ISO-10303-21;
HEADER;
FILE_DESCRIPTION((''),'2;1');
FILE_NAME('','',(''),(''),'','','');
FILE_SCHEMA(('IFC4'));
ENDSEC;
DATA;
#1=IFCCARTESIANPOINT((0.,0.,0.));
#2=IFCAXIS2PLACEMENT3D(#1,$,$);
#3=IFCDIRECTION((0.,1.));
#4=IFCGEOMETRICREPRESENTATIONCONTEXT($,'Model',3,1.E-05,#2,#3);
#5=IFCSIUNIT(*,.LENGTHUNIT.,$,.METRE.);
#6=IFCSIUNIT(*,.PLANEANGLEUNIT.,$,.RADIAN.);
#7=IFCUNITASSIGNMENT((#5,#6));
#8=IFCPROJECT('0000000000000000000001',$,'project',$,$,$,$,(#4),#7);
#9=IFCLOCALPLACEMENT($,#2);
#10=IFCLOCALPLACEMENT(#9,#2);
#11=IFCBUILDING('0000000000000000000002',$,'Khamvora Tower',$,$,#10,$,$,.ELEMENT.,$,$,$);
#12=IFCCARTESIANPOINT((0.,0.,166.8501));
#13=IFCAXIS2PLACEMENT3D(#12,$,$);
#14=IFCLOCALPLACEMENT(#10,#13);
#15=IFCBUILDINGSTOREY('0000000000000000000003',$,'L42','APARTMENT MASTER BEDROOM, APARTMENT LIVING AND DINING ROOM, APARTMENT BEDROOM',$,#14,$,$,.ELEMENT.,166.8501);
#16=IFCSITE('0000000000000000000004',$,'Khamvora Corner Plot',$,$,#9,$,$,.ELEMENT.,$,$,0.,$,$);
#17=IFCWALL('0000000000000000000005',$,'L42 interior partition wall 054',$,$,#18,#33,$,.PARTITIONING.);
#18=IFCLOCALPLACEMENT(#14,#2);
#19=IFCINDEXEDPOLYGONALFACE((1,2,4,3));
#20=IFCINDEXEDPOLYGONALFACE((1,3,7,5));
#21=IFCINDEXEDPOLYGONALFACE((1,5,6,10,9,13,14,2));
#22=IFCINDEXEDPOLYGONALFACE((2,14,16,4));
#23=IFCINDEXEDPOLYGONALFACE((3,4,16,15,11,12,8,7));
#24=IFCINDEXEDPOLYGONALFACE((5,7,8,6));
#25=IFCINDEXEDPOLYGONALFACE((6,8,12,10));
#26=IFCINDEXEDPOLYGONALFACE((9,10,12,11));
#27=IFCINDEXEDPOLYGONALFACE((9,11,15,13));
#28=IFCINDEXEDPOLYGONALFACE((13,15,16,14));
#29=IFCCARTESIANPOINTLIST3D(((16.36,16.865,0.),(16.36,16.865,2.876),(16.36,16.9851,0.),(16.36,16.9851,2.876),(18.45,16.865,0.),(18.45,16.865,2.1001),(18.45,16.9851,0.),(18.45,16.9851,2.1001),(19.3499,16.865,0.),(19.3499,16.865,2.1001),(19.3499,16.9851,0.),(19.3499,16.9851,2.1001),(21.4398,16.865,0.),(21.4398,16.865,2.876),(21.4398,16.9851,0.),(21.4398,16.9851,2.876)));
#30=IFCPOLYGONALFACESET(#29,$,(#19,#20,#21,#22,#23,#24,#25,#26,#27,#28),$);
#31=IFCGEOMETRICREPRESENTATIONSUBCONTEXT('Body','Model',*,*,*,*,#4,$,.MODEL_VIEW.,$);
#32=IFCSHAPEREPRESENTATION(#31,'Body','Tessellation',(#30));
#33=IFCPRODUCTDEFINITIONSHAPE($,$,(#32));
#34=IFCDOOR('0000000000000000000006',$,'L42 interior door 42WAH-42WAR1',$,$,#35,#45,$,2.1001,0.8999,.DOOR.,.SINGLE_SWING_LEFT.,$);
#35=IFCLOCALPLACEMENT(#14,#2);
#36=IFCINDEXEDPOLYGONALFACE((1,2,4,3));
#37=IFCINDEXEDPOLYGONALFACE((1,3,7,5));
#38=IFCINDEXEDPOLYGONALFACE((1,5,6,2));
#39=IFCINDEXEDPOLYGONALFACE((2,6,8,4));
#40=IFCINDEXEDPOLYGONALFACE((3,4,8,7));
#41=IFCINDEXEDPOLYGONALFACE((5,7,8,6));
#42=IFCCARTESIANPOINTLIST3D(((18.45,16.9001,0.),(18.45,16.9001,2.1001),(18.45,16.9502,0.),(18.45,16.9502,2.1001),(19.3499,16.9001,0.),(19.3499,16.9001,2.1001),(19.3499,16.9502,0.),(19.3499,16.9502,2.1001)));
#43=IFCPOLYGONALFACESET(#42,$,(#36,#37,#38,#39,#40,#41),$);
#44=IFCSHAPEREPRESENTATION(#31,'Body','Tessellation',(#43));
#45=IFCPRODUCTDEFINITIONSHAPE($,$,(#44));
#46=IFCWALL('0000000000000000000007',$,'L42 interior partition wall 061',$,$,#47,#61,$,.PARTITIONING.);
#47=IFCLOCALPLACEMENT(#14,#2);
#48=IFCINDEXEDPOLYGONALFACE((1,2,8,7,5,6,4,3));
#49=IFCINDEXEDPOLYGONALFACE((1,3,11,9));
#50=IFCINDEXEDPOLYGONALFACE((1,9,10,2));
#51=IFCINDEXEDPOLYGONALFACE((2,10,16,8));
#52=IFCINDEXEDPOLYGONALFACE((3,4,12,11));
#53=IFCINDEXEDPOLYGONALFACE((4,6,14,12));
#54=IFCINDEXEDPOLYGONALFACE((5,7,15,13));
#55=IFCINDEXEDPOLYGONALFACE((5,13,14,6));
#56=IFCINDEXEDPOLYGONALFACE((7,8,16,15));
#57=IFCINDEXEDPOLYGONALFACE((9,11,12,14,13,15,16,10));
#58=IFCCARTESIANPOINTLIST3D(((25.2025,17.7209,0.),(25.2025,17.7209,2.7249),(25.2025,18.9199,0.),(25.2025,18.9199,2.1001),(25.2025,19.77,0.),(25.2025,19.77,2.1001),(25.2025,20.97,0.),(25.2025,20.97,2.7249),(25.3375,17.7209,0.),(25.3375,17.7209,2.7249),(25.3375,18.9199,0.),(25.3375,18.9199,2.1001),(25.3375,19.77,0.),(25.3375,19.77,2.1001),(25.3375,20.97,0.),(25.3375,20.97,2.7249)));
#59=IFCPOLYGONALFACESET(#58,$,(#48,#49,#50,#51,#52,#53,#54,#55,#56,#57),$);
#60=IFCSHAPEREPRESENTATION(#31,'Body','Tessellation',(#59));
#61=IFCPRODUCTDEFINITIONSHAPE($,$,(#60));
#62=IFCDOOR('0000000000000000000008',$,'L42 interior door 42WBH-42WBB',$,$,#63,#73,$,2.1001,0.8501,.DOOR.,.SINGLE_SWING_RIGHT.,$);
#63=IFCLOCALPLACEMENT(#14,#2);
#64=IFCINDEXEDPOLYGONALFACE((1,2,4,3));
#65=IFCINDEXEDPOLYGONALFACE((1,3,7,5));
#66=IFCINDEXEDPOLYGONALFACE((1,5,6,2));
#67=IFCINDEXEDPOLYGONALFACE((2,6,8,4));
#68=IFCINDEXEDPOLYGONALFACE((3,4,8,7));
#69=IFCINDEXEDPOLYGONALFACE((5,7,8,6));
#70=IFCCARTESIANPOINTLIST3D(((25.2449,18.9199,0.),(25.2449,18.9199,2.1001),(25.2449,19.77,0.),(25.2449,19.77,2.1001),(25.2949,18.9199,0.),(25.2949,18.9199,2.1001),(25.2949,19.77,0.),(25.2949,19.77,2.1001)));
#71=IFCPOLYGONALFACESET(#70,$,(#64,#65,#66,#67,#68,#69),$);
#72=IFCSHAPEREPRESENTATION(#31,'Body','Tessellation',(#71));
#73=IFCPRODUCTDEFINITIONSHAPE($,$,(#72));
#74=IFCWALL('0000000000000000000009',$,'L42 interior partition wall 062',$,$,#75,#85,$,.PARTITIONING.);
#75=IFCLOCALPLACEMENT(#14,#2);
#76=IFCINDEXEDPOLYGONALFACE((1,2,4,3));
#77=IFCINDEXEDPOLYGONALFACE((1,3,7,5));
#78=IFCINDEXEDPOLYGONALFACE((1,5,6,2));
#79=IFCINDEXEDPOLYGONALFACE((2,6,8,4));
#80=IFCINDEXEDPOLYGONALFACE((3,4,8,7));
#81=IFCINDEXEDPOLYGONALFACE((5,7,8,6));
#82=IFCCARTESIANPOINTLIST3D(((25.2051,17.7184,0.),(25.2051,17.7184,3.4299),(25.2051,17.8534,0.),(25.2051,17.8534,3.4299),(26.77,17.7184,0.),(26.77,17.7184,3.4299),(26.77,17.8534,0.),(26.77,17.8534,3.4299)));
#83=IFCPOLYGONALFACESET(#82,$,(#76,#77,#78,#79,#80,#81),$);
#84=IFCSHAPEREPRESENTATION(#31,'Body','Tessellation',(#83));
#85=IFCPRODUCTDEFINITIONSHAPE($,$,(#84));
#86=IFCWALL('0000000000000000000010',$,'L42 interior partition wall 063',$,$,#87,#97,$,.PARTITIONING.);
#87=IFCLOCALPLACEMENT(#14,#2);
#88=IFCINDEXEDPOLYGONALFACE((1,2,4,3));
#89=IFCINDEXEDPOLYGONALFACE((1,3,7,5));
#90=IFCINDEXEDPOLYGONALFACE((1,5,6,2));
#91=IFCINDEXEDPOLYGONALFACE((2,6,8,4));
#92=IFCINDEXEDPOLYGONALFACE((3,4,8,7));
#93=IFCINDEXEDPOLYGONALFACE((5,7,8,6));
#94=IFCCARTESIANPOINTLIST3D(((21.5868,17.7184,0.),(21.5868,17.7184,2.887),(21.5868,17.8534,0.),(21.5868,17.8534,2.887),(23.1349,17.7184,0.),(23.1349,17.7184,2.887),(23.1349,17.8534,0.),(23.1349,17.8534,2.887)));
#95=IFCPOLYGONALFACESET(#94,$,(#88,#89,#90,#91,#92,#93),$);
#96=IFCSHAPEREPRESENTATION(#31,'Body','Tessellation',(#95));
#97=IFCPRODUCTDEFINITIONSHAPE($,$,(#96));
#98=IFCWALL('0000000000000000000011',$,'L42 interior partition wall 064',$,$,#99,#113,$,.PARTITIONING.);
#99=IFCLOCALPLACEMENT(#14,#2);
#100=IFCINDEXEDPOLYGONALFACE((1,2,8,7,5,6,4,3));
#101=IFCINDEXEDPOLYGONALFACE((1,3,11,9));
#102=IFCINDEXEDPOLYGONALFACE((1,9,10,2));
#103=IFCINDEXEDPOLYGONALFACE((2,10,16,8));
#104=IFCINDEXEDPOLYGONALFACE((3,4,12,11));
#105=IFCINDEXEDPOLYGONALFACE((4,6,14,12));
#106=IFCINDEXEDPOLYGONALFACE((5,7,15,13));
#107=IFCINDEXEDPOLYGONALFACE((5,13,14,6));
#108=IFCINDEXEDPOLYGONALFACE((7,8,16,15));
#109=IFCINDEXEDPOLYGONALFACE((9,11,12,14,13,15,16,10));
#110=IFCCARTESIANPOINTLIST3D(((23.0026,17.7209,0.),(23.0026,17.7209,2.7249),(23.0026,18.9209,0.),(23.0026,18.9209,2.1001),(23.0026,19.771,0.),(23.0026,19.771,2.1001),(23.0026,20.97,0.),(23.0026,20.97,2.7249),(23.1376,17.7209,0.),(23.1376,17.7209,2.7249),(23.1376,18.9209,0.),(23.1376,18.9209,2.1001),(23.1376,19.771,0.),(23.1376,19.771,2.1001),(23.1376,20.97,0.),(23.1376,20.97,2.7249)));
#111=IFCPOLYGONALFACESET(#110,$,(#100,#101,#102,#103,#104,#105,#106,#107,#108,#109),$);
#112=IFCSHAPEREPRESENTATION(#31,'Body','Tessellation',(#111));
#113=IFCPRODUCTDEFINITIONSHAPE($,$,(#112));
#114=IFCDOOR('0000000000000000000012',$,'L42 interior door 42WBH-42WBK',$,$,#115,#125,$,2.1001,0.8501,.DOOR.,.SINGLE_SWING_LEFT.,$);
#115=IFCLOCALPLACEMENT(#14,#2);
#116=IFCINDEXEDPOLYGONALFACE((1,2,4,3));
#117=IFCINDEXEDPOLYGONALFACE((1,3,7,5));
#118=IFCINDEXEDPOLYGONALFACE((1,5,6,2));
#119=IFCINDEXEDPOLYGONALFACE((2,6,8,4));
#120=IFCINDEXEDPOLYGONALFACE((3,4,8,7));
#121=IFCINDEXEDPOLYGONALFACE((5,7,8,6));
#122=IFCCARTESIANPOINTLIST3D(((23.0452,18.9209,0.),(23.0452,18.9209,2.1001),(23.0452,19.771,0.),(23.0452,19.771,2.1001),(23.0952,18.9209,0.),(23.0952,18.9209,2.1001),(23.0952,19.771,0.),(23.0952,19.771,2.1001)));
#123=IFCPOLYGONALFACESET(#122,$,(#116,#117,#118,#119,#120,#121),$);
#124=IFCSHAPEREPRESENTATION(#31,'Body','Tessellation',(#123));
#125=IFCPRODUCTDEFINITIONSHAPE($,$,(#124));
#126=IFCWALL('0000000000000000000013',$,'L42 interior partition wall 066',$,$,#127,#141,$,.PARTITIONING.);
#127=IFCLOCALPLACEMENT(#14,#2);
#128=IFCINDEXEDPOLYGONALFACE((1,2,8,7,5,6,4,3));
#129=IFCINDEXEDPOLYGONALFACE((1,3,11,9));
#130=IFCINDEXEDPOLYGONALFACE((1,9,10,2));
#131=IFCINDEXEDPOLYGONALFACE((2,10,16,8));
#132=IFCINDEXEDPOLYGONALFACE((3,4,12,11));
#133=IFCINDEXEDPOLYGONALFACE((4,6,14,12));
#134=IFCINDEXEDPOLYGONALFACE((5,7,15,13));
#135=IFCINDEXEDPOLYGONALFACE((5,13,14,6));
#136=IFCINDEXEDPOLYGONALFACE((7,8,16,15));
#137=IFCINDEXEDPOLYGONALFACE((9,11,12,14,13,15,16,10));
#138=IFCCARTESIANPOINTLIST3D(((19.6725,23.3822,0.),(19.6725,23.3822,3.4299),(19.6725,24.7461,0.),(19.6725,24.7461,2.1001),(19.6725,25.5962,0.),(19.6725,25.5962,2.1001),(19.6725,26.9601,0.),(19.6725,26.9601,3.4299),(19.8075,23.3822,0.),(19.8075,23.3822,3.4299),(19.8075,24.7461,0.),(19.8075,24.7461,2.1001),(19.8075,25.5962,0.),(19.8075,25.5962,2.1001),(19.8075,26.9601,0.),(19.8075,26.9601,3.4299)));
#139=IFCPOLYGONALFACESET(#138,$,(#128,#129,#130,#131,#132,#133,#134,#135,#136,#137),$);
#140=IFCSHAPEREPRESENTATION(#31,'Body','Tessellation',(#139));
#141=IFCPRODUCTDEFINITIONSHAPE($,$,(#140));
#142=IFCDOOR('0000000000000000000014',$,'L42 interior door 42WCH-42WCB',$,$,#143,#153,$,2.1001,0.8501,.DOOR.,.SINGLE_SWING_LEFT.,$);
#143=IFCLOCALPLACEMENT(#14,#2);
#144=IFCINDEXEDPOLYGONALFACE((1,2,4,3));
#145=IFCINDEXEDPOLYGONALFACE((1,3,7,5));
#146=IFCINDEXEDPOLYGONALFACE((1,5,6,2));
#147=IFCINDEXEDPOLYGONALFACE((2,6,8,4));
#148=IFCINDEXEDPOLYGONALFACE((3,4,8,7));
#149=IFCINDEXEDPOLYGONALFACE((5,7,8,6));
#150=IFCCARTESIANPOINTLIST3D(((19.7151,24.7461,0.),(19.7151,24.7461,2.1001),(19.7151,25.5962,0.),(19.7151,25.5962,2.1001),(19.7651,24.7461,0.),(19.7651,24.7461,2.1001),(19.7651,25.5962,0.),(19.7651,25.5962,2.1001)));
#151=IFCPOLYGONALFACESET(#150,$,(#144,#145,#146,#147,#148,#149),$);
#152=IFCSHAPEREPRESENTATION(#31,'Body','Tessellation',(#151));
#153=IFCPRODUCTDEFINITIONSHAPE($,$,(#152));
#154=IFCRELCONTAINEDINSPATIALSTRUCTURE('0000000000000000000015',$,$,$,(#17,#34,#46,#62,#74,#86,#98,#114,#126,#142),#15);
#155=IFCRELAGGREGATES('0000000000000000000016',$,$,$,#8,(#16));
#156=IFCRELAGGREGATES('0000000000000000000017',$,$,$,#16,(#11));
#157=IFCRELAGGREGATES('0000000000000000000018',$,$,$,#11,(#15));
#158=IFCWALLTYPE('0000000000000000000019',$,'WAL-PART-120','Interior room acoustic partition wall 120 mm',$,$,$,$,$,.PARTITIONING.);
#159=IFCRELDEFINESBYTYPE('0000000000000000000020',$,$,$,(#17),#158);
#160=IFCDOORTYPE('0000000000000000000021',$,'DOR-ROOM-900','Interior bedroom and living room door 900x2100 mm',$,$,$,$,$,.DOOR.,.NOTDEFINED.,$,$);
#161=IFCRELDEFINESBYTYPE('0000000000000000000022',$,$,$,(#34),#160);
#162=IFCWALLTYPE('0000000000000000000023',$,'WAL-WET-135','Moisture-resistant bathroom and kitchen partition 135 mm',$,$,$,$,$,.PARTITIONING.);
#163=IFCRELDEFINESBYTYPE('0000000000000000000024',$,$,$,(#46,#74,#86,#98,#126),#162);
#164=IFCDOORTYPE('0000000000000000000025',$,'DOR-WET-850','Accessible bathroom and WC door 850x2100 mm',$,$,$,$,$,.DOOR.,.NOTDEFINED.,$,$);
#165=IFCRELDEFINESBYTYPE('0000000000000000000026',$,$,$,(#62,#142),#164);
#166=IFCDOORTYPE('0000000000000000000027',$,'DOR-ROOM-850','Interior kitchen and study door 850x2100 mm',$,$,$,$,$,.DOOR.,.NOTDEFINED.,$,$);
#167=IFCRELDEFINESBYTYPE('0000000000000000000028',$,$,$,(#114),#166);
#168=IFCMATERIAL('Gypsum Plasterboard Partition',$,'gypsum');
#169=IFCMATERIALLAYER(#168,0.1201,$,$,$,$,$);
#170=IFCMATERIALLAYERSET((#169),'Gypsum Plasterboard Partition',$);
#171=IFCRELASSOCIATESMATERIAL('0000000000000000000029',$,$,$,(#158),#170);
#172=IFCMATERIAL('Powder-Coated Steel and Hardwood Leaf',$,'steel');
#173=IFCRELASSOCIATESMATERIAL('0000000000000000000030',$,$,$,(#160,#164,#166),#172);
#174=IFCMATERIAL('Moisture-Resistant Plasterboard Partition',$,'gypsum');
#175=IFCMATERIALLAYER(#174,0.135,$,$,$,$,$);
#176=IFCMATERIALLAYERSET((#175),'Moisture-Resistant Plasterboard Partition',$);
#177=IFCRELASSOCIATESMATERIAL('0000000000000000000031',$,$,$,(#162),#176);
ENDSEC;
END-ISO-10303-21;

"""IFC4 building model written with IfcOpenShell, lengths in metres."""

from ifc_helpers import new_model, si_unit, direction, frame, frame_2d, origin, place, context, subcontext, project, spatial, rectangle, extrude, material, layer, layer_set, type_object, element, fill, save


model = new_model("IFC4")

# Units and contexts
model_context = context("Model", 3, precision=1e-05, world=origin(), true_north=direction((0.0, 1.0)))
body_context = subcontext(model_context, "Body", "Model", "MODEL_VIEW")
ifc_project = project(units=[si_unit("LENGTHUNIT", "METRE"), si_unit("PLANEANGLEUNIT", "RADIAN")], contexts=[model_context])

# Site, building, storey
site_placement = place(None, origin())
site = spatial("IfcSite", under=ifc_project, at=site_placement, Name="Khamvora Corner Plot", CompositionType="ELEMENT", RefElevation=0.0)
building_placement = place(site_placement, origin())
building = spatial("IfcBuilding", under=site, at=building_placement, Name="Khamvora Tower", CompositionType="ELEMENT")
storey_placement = place(building_placement, frame((0.0, 0.0, 166.8501)))
storey = spatial("IfcBuildingStorey", under=building, at=storey_placement, Name="L42", Description="APARTMENT MASTER BEDROOM, APARTMENT LIVING AND DINING ROOM, APARTMENT BEDROOM", CompositionType="ELEMENT", Elevation=166.8501)

# Walls, openings, doors
ifc_material_1 = material(Name="Gypsum Plasterboard Partition", Category="gypsum")
ifc_layer_1 = layer(ifc_material_1, 0.1201)
ifc_layer_set_1 = layer_set([ifc_layer_1], Name="Gypsum Plasterboard Partition")
wall_type_1 = type_object("IfcWallType", Name="WAL-PART-120", Description="Interior room acoustic partition wall 120 mm", PredefinedType="PARTITIONING", material=ifc_layer_set_1)
wall_1_placement = place(storey_placement, frame((21.4399, 16.925, 0.0), z_axis=(0.0, 0.0, 1.0), x_axis=(-1.0, 0.0, 0.0)))
wall_1 = element("IfcWall", 1, at=wall_1_placement, inside=storey, type_object=wall_type_1, Name="L42 interior partition wall 054", PredefinedType="PARTITIONING", context=body_context, shape_type="SweptSolid", body=[
    extrude(rectangle(XDim=5.0798, YDim=0.1201, at=frame_2d((2.54, 0.0))), origin(), (0.0, 0.0, 1.0), 2.876),
])
opening_1_placement = place(wall_1_placement, frame((2.0901, 0.0, 0.0)))
opening_1 = element("IfcOpeningElement", 2, at=opening_1_placement, cuts=wall_1, PredefinedType="OPENING", context=body_context, shape_type="SweptSolid", body=[
    extrude(rectangle(XDim=0.8999, YDim=2.1001, at=frame_2d((0.45, 1.05))), frame((0.0, 0.0701, 0.0), z_axis=(0.0, -1.0, 0.0), x_axis=(1.0, 0.0, 0.0)), (0.0, 0.0, 1.0), 0.1401),
])
ifc_material_2 = material(Name="Powder-Coated Steel and Hardwood Leaf", Category="steel")
door_type_1 = type_object("IfcDoorType", Name="DOR-ROOM-900", Description="Interior bedroom and living room door 900x2100 mm", OperationType="NOTDEFINED", PredefinedType="DOOR", material=ifc_material_2)
door_1_placement = place(opening_1_placement, origin())
door_1 = element("IfcDoor", 3, at=door_1_placement, inside=storey, type_object=door_type_1, Name="L42 interior door 42WAH-42WAR1", OperationType="SINGLE_SWING_LEFT", OverallHeight=2.1001, OverallWidth=0.8999, PredefinedType="DOOR", context=body_context, shape_type="SweptSolid", body=[
    extrude(rectangle(XDim=0.8999, YDim=2.1001, at=frame_2d((0.45, 1.05))), frame((0.0, 0.0249, 0.0), z_axis=(0.0, -1.0, 0.0), x_axis=(1.0, 0.0, 0.0)), (0.0, 0.0, 1.0), 0.05),
])
fill(opening_1, door_1)
ifc_material_3 = material(Name="Moisture-Resistant Plasterboard Partition", Category="gypsum")
ifc_layer_2 = layer(ifc_material_3, 0.135)
ifc_layer_set_2 = layer_set([ifc_layer_2], Name="Moisture-Resistant Plasterboard Partition")
wall_type_2 = type_object("IfcWallType", Name="WAL-WET-135", Description="Moisture-resistant bathroom and kitchen partition 135 mm", PredefinedType="PARTITIONING", material=ifc_layer_set_2)
wall_2_placement = place(storey_placement, frame((25.27, 20.97, 0.0), z_axis=(0.0, 0.0, 1.0), x_axis=(0.0, -1.0, 0.0)))
wall_2 = element("IfcWall", 4, at=wall_2_placement, inside=storey, type_object=wall_type_2, Name="L42 interior partition wall 061", PredefinedType="PARTITIONING", context=body_context, shape_type="SweptSolid", body=[
    extrude(rectangle(XDim=3.249, YDim=0.135, at=frame_2d((1.6245, 0.0))), origin(), (0.0, 0.0, 1.0), 2.7249),
])
opening_2_placement = place(wall_2_placement, frame((1.2, 0.0, 0.0)))
opening_2 = element("IfcOpeningElement", 5, at=opening_2_placement, cuts=wall_2, PredefinedType="OPENING", context=body_context, shape_type="SweptSolid", body=[
    extrude(rectangle(XDim=0.8501, YDim=2.1001, at=frame_2d((0.425, 1.05))), frame((0.0, 0.0774, 0.0), z_axis=(0.0, -1.0, 0.0), x_axis=(1.0, 0.0, 0.0)), (0.0, 0.0, 1.0), 0.155),
])
door_type_2 = type_object("IfcDoorType", Name="DOR-WET-850", Description="Accessible bathroom and WC door 850x2100 mm", OperationType="NOTDEFINED", PredefinedType="DOOR", material=ifc_material_2)
door_2_placement = place(opening_2_placement, origin())
door_2 = element("IfcDoor", 6, at=door_2_placement, inside=storey, type_object=door_type_2, Name="L42 interior door 42WBH-42WBB", OperationType="SINGLE_SWING_RIGHT", OverallHeight=2.1001, OverallWidth=0.8501, PredefinedType="DOOR", context=body_context, shape_type="SweptSolid", body=[
    extrude(rectangle(XDim=0.8501, YDim=2.1001, at=frame_2d((0.425, 1.05))), frame((0.0, 0.0249, 0.0), z_axis=(0.0, -1.0, 0.0), x_axis=(1.0, 0.0, 0.0)), (0.0, 0.0, 1.0), 0.05),
])
fill(opening_2, door_2)

# Walls
wall_3_placement = place(storey_placement, frame((25.2051, 17.7859, 0.0), z_axis=(0.0, 0.0, 1.0), x_axis=(1.0, 0.0, 0.0)))
element("IfcWall", 7, at=wall_3_placement, inside=storey, type_object=wall_type_2, Name="L42 interior partition wall 062", PredefinedType="PARTITIONING", context=body_context, shape_type="SweptSolid", body=[
    extrude(rectangle(XDim=1.5649, YDim=0.135, at=frame_2d((0.7825, 0.0))), origin(), (0.0, 0.0, 1.0), 3.4299),
])
wall_4_placement = place(storey_placement, frame((21.5869, 17.7859, 0.0), z_axis=(0.0, 0.0, 1.0), x_axis=(1.0, 0.0, 0.0)))
element("IfcWall", 8, at=wall_4_placement, inside=storey, type_object=wall_type_2, Name="L42 interior partition wall 063", PredefinedType="PARTITIONING", context=body_context, shape_type="SweptSolid", body=[
    extrude(rectangle(XDim=1.5481, YDim=0.135, at=frame_2d((0.7739, 0.0))), origin(), (0.0, 0.0, 1.0), 2.887),
])

# Walls, openings, doors
wall_5_placement = place(storey_placement, frame((23.0701, 17.7209, 0.0), z_axis=(0.0, 0.0, 1.0), x_axis=(0.0, 1.0, 0.0)))
wall_5 = element("IfcWall", 9, at=wall_5_placement, inside=storey, type_object=wall_type_2, Name="L42 interior partition wall 064", PredefinedType="PARTITIONING", context=body_context, shape_type="SweptSolid", body=[
    extrude(rectangle(XDim=3.249, YDim=0.135, at=frame_2d((1.6245, 0.0))), origin(), (0.0, 0.0, 1.0), 2.7249),
])
opening_3_placement = place(wall_5_placement, frame((1.2, 0.0, 0.0)))
opening_3 = element("IfcOpeningElement", 10, at=opening_3_placement, cuts=wall_5, PredefinedType="OPENING", context=body_context, shape_type="SweptSolid", body=[
    extrude(rectangle(XDim=0.8501, YDim=2.1001, at=frame_2d((0.425, 1.05))), frame((0.0, 0.0774, 0.0), z_axis=(0.0, -1.0, 0.0), x_axis=(1.0, 0.0, 0.0)), (0.0, 0.0, 1.0), 0.155),
])
door_type_3 = type_object("IfcDoorType", Name="DOR-ROOM-850", Description="Interior kitchen and study door 850x2100 mm", OperationType="NOTDEFINED", PredefinedType="DOOR", material=ifc_material_2)
door_3_placement = place(opening_3_placement, origin())
door_3 = element("IfcDoor", 11, at=door_3_placement, inside=storey, type_object=door_type_3, Name="L42 interior door 42WBH-42WBK", OperationType="SINGLE_SWING_LEFT", OverallHeight=2.1001, OverallWidth=0.8501, PredefinedType="DOOR", context=body_context, shape_type="SweptSolid", body=[
    extrude(rectangle(XDim=0.8501, YDim=2.1001, at=frame_2d((0.425, 1.05))), frame((0.0, 0.0249, 0.0), z_axis=(0.0, -1.0, 0.0), x_axis=(1.0, 0.0, 0.0)), (0.0, 0.0, 1.0), 0.05),
])
fill(opening_3, door_3)
wall_6_placement = place(storey_placement, frame((19.74, 23.3821, 0.0), z_axis=(0.0, 0.0, 1.0), x_axis=(0.0, 1.0, 0.0)))
wall_6 = element("IfcWall", 12, at=wall_6_placement, inside=storey, type_object=wall_type_2, Name="L42 interior partition wall 066", PredefinedType="PARTITIONING", context=body_context, shape_type="SweptSolid", body=[
    extrude(rectangle(XDim=3.5779, YDim=0.135, at=frame_2d((1.7891, 0.0))), origin(), (0.0, 0.0, 1.0), 3.4299),
])
opening_4_placement = place(wall_6_placement, frame((1.364, 0.0, 0.0)))
opening_4 = element("IfcOpeningElement", 13, at=opening_4_placement, cuts=wall_6, PredefinedType="OPENING", context=body_context, shape_type="SweptSolid", body=[
    extrude(rectangle(XDim=0.8501, YDim=2.1001, at=frame_2d((0.425, 1.05))), frame((0.0, 0.0774, 0.0), z_axis=(0.0, -1.0, 0.0), x_axis=(1.0, 0.0, 0.0)), (0.0, 0.0, 1.0), 0.155),
])
door_4_placement = place(opening_4_placement, origin())
door_4 = element("IfcDoor", 14, at=door_4_placement, inside=storey, type_object=door_type_2, Name="L42 interior door 42WCH-42WCB", OperationType="SINGLE_SWING_LEFT", OverallHeight=2.1001, OverallWidth=0.8501, PredefinedType="DOOR", context=body_context, shape_type="SweptSolid", body=[
    extrude(rectangle(XDim=0.8501, YDim=2.1001, at=frame_2d((0.425, 1.05))), frame((0.0, 0.0249, 0.0), z_axis=(0.0, -1.0, 0.0), x_axis=(1.0, 0.0, 0.0)), (0.0, 0.0, 1.0), 0.05),
])
fill(opening_4, door_4)

save(model, "model.ifc")
